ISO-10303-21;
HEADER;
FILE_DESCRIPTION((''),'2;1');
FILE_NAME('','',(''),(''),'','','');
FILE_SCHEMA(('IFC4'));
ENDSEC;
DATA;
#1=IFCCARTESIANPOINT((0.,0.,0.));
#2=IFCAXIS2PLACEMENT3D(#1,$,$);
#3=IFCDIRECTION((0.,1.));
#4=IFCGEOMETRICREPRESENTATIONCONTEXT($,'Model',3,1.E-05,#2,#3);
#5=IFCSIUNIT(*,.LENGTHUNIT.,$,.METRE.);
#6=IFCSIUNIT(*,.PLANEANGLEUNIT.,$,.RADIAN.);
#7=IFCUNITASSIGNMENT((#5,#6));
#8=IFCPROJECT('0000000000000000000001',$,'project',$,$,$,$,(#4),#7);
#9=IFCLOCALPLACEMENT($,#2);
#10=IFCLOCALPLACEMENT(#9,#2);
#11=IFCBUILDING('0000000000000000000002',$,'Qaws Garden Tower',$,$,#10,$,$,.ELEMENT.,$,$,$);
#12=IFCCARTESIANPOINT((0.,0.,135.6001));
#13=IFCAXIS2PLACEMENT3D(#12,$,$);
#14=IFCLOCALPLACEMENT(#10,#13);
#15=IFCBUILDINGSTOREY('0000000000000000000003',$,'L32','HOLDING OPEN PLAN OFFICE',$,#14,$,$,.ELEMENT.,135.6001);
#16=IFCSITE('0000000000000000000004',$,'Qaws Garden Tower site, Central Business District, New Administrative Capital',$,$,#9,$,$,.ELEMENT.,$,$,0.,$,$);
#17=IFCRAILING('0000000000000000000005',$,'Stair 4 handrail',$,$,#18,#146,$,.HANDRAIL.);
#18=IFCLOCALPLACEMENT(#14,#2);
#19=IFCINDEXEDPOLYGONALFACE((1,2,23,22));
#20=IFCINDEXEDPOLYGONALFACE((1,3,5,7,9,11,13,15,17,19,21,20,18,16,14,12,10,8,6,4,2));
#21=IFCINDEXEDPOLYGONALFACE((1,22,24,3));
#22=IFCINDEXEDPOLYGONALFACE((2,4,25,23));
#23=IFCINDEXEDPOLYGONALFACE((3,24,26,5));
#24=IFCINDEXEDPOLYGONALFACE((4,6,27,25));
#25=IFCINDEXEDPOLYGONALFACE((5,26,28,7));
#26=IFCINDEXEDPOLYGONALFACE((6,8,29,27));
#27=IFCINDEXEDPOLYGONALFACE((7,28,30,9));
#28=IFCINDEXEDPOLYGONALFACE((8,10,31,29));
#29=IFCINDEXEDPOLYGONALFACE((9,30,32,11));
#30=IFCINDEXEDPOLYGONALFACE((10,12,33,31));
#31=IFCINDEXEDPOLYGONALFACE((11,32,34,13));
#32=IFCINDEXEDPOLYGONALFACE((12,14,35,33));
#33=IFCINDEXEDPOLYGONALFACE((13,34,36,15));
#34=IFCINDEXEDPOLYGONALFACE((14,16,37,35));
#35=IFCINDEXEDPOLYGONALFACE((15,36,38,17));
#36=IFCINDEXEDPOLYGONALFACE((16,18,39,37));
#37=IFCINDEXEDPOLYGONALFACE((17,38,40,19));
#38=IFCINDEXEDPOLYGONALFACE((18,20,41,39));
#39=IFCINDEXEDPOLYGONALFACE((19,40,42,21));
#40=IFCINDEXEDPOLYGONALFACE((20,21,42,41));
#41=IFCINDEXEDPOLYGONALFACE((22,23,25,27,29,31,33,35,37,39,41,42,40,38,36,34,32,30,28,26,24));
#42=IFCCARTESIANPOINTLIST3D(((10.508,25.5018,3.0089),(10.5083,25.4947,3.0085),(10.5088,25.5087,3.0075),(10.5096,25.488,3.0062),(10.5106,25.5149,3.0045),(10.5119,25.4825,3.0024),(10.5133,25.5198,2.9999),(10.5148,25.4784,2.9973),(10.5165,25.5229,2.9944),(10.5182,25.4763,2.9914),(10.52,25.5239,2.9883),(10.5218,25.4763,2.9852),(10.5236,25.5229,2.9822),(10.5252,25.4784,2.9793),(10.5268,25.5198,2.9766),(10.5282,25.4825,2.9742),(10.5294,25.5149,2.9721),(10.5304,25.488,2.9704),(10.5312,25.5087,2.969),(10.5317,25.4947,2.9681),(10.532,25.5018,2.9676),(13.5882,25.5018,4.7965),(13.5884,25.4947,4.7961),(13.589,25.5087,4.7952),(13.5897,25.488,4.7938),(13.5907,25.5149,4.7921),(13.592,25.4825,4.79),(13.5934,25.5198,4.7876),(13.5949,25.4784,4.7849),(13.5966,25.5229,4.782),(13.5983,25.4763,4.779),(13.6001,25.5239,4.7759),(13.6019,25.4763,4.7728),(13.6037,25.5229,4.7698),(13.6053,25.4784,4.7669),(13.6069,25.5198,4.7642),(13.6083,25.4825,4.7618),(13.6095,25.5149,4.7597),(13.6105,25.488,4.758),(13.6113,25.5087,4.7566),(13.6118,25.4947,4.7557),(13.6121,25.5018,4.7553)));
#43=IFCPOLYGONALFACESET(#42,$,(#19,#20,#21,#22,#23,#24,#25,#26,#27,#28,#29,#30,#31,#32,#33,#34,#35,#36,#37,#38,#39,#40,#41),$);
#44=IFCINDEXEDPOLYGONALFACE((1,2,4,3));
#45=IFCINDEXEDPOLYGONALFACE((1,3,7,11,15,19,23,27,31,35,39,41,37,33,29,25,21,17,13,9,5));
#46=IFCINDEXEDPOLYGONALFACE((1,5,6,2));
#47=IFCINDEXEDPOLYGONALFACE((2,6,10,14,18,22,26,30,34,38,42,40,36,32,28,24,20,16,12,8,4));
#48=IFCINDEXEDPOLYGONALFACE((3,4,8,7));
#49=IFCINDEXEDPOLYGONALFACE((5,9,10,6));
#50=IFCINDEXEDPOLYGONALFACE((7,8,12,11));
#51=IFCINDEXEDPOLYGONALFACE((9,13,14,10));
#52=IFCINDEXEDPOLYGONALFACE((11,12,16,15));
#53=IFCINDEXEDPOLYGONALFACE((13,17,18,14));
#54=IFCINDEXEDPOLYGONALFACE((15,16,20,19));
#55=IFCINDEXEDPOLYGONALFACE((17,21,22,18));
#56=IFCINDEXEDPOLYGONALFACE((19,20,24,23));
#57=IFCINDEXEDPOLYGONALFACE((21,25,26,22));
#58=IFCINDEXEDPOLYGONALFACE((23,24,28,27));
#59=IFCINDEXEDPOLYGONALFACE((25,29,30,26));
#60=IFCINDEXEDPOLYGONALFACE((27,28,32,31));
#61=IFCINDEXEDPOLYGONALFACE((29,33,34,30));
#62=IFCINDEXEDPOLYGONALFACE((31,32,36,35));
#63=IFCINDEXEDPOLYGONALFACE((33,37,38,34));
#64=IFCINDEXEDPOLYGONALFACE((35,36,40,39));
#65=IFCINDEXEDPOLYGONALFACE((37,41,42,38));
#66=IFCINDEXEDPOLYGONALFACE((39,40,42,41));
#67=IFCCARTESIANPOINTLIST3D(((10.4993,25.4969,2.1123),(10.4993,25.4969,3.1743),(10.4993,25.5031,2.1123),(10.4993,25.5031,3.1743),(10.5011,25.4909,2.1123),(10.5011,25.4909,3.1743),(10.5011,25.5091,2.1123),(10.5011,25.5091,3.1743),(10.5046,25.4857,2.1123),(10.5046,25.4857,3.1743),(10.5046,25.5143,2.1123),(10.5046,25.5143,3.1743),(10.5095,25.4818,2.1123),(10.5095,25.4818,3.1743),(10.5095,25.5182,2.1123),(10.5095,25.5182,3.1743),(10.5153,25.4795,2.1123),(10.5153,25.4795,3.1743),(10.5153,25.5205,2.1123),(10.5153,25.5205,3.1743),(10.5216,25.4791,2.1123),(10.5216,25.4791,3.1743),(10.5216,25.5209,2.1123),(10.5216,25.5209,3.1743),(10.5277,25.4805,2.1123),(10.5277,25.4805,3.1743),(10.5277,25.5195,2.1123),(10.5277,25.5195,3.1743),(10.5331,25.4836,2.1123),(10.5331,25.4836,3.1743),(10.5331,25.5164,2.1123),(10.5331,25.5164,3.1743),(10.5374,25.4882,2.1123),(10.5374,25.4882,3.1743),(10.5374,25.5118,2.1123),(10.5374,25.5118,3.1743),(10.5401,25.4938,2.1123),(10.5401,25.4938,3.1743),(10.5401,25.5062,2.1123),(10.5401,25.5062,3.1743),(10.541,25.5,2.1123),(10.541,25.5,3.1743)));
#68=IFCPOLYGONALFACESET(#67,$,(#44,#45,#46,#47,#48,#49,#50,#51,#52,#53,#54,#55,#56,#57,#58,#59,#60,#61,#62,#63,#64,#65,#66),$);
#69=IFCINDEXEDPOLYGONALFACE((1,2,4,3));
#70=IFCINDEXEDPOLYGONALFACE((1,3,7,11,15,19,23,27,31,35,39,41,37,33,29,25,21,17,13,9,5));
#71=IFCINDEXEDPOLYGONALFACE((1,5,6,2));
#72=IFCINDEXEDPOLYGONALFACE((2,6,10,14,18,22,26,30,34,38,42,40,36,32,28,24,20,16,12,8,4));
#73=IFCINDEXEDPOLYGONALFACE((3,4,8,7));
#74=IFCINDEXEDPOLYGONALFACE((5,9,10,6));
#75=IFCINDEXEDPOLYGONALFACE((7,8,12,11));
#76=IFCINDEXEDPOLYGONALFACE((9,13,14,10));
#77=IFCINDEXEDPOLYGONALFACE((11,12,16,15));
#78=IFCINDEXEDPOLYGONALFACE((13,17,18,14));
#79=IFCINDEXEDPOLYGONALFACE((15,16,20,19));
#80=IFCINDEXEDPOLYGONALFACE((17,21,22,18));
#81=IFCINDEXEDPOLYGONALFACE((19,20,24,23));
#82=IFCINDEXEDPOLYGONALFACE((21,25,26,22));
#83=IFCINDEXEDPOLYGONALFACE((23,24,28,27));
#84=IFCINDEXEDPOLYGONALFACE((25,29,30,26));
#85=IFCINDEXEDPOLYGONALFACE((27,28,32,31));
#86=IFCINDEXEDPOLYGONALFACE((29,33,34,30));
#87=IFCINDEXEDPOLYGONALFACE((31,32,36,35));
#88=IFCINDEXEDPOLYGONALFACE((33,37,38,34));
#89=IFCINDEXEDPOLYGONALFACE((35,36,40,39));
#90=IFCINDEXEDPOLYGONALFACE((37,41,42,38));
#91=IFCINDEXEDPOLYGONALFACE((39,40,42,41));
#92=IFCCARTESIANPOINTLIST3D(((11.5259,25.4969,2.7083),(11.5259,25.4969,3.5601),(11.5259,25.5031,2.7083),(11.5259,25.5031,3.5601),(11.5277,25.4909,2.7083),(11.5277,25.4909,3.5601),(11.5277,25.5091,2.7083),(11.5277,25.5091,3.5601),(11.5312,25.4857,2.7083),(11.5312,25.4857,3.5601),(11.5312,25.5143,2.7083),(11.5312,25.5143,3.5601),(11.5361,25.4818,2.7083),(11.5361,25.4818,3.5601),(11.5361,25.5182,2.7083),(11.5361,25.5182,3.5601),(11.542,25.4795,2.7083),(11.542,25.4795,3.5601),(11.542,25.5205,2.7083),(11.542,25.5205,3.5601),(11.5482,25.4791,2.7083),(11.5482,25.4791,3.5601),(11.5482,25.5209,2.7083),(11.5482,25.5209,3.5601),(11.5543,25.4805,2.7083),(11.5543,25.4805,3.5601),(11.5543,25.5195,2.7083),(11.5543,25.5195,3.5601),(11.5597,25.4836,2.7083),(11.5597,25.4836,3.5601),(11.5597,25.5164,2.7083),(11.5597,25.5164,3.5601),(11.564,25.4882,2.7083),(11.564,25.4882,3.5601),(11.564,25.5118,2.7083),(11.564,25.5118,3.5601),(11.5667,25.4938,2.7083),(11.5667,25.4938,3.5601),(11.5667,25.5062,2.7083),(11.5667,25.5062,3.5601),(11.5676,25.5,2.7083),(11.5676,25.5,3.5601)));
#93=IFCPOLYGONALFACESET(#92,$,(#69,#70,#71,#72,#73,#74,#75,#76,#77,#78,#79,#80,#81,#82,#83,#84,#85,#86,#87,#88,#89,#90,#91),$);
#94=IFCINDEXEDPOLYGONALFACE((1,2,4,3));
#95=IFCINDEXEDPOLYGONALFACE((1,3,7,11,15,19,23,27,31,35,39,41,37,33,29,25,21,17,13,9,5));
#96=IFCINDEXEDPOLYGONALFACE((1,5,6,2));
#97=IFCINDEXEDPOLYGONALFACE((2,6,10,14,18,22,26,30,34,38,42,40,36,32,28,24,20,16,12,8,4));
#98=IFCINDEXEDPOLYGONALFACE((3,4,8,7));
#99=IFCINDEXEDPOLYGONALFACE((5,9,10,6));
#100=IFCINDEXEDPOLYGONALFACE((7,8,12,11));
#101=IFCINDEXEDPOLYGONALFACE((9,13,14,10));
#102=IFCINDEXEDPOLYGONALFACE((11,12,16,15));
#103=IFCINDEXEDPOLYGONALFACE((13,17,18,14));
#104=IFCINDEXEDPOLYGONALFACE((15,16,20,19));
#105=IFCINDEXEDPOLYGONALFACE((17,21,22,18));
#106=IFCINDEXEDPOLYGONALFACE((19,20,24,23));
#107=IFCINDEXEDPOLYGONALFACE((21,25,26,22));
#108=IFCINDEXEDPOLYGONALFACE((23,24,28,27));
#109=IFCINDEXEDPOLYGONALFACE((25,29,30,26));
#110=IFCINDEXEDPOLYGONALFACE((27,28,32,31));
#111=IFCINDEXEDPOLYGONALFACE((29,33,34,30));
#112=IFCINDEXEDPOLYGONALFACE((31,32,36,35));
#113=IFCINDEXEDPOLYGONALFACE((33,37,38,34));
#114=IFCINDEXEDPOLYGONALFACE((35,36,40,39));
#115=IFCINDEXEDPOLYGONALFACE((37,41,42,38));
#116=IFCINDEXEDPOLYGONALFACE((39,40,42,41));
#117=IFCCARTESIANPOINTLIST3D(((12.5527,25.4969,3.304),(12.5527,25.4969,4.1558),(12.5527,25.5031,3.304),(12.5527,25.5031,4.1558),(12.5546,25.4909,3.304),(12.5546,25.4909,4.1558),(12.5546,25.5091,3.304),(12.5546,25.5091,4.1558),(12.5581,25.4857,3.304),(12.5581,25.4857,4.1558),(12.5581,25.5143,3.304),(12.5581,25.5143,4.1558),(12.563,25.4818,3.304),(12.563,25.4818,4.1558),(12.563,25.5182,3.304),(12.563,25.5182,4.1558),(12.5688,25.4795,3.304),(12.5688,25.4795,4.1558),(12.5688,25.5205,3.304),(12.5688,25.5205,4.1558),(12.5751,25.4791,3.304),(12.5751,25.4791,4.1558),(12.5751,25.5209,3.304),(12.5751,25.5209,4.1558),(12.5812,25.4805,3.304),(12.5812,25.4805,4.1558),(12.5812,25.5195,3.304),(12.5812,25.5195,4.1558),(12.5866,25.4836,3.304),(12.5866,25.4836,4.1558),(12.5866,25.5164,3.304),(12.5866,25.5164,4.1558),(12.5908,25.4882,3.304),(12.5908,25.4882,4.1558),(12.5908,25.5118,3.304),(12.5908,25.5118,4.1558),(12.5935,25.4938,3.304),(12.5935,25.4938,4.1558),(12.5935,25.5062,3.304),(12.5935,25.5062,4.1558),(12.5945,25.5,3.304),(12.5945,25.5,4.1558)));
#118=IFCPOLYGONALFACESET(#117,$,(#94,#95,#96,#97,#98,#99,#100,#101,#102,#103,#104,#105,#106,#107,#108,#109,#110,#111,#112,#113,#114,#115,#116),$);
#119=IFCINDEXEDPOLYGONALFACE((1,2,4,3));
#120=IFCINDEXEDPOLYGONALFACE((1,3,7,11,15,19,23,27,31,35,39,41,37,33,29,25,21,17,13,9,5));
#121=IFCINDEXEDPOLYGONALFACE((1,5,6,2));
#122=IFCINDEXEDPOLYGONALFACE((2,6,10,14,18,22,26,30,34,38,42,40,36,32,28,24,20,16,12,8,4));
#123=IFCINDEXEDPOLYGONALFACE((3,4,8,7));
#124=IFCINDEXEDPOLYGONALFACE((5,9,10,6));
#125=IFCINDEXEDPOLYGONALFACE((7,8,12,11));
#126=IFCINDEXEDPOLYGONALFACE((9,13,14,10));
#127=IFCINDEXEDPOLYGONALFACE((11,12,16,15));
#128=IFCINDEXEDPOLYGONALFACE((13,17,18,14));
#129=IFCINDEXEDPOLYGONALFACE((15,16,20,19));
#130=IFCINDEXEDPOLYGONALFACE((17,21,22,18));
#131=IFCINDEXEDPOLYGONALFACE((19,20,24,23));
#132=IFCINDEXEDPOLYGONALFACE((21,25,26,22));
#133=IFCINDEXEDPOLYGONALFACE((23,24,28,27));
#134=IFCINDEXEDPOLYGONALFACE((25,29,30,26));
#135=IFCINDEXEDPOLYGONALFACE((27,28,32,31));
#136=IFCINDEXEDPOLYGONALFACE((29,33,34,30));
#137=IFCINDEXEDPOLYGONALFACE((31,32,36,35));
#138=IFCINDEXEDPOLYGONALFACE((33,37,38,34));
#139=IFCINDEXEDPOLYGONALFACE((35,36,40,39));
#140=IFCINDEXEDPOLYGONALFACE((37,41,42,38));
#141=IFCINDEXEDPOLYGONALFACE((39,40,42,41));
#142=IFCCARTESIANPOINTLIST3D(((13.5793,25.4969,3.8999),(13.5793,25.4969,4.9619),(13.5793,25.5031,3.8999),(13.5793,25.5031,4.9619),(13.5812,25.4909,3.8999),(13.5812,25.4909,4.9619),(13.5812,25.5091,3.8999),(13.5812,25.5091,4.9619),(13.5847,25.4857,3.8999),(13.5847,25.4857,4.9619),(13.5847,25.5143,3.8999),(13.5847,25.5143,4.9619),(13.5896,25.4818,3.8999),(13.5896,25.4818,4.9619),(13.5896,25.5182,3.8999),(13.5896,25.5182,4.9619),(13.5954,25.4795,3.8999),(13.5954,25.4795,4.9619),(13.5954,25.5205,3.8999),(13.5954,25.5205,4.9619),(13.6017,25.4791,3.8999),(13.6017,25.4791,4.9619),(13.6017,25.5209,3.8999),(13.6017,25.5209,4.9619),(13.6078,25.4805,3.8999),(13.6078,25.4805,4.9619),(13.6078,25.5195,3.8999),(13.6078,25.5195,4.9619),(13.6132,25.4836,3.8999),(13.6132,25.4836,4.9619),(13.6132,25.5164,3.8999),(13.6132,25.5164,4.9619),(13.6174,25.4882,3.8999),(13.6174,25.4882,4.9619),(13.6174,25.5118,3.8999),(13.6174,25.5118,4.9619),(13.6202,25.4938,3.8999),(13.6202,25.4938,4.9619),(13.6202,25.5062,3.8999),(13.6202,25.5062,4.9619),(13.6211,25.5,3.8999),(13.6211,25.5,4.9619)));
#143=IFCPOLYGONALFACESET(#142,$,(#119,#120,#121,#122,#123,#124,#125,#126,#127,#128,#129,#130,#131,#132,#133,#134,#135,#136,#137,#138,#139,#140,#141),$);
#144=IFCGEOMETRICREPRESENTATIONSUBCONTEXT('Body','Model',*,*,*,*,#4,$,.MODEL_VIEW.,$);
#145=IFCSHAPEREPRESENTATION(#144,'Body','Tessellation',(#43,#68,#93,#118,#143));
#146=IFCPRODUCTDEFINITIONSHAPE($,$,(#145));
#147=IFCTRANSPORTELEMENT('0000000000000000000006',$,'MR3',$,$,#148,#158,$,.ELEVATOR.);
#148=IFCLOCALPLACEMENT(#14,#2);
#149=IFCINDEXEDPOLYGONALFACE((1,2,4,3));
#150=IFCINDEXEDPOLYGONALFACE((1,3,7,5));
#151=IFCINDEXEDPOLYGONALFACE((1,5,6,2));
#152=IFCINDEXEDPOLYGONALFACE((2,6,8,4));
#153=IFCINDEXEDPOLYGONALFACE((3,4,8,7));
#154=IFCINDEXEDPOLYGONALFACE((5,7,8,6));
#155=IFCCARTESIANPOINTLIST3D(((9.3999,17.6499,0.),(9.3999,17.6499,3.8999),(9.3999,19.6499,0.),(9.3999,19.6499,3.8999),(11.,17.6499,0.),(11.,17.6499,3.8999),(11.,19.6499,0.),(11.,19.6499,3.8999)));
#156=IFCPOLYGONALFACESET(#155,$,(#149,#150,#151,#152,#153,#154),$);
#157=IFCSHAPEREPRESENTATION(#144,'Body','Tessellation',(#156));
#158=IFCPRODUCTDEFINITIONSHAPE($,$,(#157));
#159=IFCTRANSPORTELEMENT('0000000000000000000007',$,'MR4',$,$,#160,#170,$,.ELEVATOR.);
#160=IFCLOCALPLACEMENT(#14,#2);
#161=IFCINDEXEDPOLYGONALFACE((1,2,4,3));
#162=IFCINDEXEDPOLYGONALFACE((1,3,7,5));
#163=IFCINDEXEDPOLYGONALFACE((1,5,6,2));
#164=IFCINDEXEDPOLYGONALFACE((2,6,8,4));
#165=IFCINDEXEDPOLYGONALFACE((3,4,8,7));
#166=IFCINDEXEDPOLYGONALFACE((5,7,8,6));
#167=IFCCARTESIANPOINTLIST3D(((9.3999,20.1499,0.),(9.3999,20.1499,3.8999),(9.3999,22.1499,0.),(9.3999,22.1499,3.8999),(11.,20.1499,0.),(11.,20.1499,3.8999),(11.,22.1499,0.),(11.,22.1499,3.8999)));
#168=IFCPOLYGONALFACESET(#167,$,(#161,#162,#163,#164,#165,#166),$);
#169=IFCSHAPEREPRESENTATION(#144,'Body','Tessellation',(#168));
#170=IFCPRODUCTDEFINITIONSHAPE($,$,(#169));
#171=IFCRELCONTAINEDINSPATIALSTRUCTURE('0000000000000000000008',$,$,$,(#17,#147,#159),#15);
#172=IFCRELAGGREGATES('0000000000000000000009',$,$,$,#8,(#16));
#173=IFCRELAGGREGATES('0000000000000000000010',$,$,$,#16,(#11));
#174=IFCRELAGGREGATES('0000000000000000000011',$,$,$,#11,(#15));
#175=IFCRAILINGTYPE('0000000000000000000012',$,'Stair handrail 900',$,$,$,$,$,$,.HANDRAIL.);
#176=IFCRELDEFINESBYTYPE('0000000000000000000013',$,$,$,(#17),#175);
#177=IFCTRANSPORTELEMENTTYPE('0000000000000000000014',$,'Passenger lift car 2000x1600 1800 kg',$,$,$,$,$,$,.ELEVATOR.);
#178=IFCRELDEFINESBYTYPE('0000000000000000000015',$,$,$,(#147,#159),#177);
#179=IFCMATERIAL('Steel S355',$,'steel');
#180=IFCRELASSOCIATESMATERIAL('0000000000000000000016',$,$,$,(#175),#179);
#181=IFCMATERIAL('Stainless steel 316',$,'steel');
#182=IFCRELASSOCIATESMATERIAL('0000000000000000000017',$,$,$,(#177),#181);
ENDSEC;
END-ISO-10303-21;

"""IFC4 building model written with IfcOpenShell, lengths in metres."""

from ifc_helpers import new_model, si_unit, direction, frame, origin, origin_2d, place, context, subcontext, project, spatial, rectangle, circle, extrude, material, type_object, element, save


model = new_model("IFC4")

# Units and contexts
model_context = context("Model", 3, precision=1e-05, world=origin(), true_north=direction((0.0, 1.0)))
body_context = subcontext(model_context, "Body", "Model", "MODEL_VIEW")
ifc_project = project(units=[si_unit("LENGTHUNIT", "METRE"), si_unit("PLANEANGLEUNIT", "RADIAN")], contexts=[model_context])

# Site, building, storey
site_placement = place(None, origin())
site = spatial("IfcSite", under=ifc_project, at=site_placement, Name="Qaws Garden Tower site, Central Business District, New Administrative Capital", CompositionType="ELEMENT", RefElevation=0.0)
building_placement = place(site_placement, origin())
building = spatial("IfcBuilding", under=site, at=building_placement, Name="Qaws Garden Tower", CompositionType="ELEMENT")
storey_placement = place(building_placement, frame((0.0, 0.0, 135.6001)))
storey = spatial("IfcBuildingStorey", under=building, at=storey_placement, Name="L32", Description="HOLDING OPEN PLAN OFFICE", CompositionType="ELEMENT", Elevation=135.6001)

# Railing
ifc_material_1 = material(Name="Steel S355", Category="steel")
railing_type = type_object("IfcRailingType", Name="Stair handrail 900", PredefinedType="HANDRAIL", material=ifc_material_1)
railing_1_placement = place(storey_placement, frame((10.52, 25.5, 2.1123)))
element("IfcRailing", 1, at=railing_1_placement, inside=storey, type_object=railing_type, Name="Stair 4 handrail", PredefinedType="HANDRAIL", context=body_context, shape_type="SweptSolid", body=[
    extrude(circle(Radius=0.0239, at=origin_2d()), frame((0.0, 0.0, 0.876), z_axis=(0.864891, 0.0, 0.50196), x_axis=(0.0, 1.0, 0.0)), (0.0, 0.0, 1.0), 3.5613),
    extrude(circle(Radius=0.021, at=origin_2d()), origin(), (0.0, 0.0, 1.0), 1.062),
    extrude(circle(Radius=0.021, at=origin_2d()), frame((1.0266, 0.0, 0.5959)), (0.0, 0.0, 1.0), 0.8518),
    extrude(circle(Radius=0.021, at=origin_2d()), frame((2.0535, 0.0, 1.1917)), (0.0, 0.0, 1.0), 0.8518),
    extrude(circle(Radius=0.021, at=origin_2d()), frame((3.0801, 0.0, 1.7876)), (0.0, 0.0, 1.0), 1.062),
])

# Transport elements
ifc_material_2 = material(Name="Stainless steel 316", Category="steel")
transport_element_type = type_object("IfcTransportElementType", Name="Passenger lift car 2000x1600 1800 kg", PredefinedType="ELEVATOR", material=ifc_material_2)
for number, where, z_axis, x_axis, name in (
    (2, (10.2, 18.6499, 0.0), (0.0, 0.0, 1.0), (1.0, 0.0, 0.0), "MR3"),
    (3, (10.2, 21.1499, 0.0), (0.0, 0.0, 1.0), (1.0, 0.0, 0.0), "MR4"),
):
    element("IfcTransportElement", number, at=place(storey_placement, frame(where, z_axis=z_axis, x_axis=x_axis)), inside=storey, type_object=transport_element_type, Name=name, PredefinedType="ELEVATOR", context=body_context, shape_type="SweptSolid", body=[
        extrude(rectangle(XDim=1.6001, YDim=2.0, at=origin_2d()), origin(), (0.0, 0.0, 1.0), 3.8999),
    ])

save(model, "model.ifc")
